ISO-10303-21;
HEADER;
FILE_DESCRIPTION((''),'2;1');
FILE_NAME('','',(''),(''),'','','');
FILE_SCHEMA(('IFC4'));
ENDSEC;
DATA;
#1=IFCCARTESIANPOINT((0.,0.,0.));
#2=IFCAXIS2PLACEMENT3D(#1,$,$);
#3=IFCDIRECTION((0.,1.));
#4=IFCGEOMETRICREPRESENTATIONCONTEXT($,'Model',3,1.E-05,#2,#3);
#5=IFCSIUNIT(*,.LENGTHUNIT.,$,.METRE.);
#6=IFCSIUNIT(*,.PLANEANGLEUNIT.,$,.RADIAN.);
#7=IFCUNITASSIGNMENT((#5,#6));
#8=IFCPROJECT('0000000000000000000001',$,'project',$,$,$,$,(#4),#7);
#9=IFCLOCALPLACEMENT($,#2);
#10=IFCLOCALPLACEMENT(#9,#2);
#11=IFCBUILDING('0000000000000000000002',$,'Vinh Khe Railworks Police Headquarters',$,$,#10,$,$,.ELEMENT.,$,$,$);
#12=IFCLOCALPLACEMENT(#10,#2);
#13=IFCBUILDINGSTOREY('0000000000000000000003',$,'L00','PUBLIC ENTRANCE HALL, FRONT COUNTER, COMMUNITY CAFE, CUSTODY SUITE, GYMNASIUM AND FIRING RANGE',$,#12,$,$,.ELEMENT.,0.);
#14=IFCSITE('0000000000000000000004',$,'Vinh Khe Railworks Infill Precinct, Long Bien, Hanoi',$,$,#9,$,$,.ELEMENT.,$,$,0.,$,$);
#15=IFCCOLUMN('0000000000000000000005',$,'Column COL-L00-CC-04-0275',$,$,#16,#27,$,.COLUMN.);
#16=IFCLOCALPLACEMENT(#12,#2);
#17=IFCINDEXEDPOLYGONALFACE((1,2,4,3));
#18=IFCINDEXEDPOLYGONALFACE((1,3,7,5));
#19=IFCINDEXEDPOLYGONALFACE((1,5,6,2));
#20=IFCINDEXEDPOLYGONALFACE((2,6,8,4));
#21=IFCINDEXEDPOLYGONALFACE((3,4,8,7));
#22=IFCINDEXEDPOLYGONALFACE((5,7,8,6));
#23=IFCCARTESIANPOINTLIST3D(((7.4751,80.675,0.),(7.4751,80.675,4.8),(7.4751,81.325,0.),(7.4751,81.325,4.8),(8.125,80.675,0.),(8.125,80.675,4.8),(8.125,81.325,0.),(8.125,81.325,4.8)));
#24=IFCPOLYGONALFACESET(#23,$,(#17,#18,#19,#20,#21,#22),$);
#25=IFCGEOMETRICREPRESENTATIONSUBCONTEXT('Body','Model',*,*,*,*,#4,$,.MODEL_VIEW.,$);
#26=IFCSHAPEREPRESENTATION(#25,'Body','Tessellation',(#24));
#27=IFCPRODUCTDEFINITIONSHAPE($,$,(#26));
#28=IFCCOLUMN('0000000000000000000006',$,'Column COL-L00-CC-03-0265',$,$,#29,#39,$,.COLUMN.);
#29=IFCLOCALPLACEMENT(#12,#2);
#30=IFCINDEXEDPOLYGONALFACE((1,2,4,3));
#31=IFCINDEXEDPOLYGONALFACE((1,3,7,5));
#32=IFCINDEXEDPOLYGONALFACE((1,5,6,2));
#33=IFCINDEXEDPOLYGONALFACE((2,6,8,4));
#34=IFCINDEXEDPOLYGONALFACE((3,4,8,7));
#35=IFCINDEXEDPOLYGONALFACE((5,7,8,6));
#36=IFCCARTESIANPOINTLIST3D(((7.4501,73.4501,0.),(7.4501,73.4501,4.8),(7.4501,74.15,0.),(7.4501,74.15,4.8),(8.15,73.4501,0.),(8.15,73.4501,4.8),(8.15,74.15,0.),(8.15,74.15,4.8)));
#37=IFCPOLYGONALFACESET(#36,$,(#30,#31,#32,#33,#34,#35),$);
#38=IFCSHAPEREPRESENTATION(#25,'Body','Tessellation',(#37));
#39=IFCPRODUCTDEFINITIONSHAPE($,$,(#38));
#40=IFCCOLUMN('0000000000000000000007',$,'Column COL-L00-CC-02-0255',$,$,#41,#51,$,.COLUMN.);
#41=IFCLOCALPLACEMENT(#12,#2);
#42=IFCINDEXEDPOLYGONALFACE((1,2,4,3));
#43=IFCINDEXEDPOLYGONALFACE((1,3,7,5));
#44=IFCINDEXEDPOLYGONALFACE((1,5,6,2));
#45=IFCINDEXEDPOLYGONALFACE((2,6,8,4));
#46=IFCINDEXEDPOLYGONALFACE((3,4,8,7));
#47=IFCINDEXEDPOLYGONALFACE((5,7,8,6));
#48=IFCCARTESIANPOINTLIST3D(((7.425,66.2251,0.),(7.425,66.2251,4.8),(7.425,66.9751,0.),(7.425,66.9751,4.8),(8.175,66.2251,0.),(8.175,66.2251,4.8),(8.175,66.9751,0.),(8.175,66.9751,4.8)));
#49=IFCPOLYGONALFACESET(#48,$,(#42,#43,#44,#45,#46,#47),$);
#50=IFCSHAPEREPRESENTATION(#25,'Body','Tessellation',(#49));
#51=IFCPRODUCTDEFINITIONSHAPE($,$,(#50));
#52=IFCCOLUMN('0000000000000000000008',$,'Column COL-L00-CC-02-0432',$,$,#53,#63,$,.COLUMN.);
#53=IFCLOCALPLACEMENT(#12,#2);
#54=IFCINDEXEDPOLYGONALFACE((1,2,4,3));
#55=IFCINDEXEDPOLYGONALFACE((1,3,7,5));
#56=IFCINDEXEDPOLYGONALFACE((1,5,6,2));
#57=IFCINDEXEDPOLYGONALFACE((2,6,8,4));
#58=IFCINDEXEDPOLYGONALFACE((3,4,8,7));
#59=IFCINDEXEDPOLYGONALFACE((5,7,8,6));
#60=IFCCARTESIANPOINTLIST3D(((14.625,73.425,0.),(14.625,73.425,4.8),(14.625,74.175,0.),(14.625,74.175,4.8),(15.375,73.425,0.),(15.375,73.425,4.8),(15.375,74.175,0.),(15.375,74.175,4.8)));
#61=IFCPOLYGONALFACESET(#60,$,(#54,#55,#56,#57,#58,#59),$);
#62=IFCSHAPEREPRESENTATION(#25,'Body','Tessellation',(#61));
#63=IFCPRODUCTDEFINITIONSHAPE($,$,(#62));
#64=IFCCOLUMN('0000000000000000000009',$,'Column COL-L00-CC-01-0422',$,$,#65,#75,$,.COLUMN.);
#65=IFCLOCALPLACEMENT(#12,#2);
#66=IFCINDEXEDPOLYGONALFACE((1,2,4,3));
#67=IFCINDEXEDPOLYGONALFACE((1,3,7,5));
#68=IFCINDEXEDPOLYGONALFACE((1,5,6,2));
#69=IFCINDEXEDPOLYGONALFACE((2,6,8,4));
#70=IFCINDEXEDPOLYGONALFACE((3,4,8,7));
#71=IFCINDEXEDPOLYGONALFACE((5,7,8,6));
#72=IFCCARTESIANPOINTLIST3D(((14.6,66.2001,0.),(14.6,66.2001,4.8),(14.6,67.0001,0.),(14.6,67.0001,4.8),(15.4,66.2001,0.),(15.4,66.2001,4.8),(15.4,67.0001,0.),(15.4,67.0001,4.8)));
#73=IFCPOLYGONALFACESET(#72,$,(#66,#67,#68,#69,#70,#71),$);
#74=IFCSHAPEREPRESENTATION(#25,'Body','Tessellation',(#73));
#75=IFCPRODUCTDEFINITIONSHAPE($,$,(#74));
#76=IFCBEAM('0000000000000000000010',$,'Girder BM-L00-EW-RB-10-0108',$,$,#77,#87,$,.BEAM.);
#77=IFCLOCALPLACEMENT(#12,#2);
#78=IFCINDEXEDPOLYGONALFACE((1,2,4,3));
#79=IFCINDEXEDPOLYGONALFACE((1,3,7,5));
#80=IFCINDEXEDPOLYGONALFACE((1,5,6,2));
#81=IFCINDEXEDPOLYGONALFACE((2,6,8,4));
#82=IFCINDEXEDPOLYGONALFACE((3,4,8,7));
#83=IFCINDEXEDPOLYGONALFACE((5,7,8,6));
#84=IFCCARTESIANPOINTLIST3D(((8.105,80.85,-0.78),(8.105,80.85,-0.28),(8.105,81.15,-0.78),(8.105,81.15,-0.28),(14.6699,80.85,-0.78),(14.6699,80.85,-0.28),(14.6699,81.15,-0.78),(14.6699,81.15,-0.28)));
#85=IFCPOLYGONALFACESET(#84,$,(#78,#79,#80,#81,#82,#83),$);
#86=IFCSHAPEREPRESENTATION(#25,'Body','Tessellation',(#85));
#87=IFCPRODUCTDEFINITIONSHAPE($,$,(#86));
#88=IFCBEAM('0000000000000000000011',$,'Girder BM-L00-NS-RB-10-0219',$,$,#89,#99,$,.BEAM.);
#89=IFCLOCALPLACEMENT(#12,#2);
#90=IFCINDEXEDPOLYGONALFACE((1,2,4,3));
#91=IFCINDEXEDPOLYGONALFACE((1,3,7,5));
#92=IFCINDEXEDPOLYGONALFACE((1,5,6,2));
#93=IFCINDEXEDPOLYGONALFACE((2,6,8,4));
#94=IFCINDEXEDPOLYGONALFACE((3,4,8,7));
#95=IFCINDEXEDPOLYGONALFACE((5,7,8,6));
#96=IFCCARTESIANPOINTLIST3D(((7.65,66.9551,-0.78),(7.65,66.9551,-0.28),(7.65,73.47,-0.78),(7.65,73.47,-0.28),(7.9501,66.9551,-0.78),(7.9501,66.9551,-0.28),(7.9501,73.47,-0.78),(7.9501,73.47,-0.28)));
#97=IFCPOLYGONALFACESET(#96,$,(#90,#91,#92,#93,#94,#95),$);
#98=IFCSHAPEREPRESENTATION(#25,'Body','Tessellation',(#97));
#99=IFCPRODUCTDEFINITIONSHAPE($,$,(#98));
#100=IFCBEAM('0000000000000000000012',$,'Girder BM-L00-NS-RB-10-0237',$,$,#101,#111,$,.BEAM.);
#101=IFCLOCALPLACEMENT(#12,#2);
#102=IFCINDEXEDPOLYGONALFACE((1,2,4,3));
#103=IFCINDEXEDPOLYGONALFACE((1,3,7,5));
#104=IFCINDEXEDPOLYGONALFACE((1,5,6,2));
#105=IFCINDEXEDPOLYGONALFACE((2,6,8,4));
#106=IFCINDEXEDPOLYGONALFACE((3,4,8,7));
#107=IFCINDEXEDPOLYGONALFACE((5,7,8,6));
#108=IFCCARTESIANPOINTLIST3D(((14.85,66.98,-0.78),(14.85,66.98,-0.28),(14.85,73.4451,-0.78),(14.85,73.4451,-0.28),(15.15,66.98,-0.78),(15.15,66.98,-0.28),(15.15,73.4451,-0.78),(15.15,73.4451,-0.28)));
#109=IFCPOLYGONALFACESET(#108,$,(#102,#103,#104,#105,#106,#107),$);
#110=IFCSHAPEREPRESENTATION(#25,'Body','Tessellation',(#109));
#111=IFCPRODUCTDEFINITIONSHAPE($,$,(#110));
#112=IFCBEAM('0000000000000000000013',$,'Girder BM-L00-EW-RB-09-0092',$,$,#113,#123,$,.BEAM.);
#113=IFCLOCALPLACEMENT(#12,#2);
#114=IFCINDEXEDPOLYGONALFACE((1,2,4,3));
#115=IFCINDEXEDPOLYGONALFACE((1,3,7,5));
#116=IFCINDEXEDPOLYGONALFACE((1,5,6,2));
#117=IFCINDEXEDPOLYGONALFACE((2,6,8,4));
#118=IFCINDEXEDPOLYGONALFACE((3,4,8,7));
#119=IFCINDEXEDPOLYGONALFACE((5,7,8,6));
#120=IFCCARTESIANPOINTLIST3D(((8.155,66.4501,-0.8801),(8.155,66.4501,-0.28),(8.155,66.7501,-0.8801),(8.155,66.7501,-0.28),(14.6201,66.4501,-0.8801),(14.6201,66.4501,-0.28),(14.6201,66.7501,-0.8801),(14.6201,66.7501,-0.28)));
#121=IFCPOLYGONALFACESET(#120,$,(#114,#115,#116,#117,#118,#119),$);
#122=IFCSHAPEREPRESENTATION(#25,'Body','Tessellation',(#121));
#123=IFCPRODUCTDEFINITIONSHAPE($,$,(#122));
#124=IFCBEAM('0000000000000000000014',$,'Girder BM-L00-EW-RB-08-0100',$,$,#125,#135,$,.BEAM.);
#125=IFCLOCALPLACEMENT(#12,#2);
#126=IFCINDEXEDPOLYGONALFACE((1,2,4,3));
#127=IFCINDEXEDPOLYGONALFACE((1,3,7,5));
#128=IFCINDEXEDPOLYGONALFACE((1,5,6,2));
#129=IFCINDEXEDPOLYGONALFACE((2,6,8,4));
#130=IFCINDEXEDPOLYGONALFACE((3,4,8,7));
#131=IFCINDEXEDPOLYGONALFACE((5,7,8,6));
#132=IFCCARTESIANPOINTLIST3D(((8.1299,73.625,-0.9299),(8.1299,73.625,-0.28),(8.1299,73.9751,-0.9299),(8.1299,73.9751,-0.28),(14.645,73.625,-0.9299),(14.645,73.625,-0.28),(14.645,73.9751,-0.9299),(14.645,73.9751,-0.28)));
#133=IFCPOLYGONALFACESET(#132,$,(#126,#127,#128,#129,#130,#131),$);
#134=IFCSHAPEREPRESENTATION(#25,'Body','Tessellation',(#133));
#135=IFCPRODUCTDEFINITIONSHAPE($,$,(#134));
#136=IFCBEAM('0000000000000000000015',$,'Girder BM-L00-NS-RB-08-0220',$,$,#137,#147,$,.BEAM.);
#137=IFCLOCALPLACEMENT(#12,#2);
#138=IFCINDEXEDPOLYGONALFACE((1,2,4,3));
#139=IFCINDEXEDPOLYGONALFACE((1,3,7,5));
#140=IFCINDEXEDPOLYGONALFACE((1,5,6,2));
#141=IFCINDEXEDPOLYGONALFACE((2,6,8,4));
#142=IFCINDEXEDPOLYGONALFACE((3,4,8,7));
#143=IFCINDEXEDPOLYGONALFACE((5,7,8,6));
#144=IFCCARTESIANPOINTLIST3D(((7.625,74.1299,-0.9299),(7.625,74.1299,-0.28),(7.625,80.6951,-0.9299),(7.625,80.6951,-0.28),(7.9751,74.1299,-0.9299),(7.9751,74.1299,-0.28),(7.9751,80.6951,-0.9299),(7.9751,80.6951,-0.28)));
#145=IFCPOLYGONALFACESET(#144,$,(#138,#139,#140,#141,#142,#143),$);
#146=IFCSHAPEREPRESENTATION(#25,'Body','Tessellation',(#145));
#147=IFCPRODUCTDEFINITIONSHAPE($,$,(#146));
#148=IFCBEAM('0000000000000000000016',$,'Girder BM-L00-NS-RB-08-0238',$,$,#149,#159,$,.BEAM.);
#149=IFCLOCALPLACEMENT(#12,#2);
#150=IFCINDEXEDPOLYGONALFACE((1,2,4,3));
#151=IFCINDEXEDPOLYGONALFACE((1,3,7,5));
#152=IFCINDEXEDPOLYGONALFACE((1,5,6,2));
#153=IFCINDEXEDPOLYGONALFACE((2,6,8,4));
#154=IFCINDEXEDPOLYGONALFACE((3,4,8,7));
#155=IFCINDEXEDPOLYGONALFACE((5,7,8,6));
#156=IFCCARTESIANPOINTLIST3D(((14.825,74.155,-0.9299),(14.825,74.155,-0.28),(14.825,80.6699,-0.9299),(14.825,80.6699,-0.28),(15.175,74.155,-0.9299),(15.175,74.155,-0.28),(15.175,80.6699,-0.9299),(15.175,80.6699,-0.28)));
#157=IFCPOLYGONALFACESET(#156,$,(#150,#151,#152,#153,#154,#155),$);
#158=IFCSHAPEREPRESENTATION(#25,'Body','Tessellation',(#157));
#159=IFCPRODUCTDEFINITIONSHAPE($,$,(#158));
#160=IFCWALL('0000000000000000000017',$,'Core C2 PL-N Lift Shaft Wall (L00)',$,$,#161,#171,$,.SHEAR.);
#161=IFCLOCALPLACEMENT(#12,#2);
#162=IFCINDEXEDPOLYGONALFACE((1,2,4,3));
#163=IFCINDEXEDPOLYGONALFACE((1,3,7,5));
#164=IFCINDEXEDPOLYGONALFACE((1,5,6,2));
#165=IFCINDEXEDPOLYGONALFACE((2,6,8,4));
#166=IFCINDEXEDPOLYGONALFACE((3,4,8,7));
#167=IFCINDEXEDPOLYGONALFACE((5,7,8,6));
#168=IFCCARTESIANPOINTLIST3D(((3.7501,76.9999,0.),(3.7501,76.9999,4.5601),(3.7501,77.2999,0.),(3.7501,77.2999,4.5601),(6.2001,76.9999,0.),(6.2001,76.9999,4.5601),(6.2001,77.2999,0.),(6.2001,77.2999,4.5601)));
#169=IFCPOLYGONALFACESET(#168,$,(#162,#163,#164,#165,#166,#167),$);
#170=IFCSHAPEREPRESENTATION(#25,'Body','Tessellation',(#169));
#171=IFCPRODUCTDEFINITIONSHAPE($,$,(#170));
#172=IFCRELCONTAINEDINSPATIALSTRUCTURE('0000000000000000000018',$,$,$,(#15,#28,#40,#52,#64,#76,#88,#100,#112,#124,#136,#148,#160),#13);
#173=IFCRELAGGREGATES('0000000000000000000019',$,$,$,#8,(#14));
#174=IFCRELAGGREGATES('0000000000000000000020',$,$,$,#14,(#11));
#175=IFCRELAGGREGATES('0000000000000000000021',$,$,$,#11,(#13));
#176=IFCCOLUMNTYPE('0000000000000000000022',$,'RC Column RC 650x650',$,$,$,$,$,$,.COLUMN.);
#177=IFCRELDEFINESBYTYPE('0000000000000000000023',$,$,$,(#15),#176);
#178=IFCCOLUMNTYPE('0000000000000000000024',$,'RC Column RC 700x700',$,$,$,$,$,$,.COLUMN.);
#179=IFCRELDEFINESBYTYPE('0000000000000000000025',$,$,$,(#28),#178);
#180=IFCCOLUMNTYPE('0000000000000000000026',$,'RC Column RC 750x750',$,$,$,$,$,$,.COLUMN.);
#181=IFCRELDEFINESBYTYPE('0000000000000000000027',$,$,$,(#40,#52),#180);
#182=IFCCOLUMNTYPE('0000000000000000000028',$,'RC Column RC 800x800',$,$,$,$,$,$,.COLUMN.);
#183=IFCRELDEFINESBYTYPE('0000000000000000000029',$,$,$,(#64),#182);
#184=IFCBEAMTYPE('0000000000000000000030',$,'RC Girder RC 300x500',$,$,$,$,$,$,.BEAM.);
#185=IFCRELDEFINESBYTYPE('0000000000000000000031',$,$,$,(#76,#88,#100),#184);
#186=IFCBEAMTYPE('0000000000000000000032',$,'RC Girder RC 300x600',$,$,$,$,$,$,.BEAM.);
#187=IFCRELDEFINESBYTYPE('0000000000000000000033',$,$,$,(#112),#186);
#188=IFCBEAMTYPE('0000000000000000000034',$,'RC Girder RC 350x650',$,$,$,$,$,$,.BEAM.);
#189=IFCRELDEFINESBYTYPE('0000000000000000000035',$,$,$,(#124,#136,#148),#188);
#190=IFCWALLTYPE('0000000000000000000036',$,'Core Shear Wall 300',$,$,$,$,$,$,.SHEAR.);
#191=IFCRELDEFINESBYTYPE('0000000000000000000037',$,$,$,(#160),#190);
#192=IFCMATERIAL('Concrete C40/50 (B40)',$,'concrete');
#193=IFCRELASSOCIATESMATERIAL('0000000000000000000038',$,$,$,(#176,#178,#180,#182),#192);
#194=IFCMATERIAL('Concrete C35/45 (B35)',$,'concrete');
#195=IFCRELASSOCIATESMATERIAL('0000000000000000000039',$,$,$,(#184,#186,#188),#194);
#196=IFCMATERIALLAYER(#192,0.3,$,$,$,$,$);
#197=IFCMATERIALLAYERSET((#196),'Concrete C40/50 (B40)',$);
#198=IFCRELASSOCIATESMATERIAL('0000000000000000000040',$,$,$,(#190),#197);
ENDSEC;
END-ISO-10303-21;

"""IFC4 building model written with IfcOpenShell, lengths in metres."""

from ifc_helpers import new_model, si_unit, direction, frame, frame_2d, origin, origin_2d, place, context, subcontext, project, spatial, rectangle, extrude, material, layer, layer_set, material_profile, profile_set, type_object, element, save


model = new_model("IFC4")

# Units and contexts
model_context = context("Model", 3, precision=1e-05, world=origin(), true_north=direction((0.0, 1.0)))
body_context = subcontext(model_context, "Body", "Model", "MODEL_VIEW")
ifc_project = project(units=[si_unit("LENGTHUNIT", "METRE"), si_unit("PLANEANGLEUNIT", "RADIAN")], contexts=[model_context])

# Site, building, storey
site_placement = place(None, origin())
site = spatial("IfcSite", under=ifc_project, at=site_placement, Name="Vinh Khe Railworks Infill Precinct, Long Bien, Hanoi", CompositionType="ELEMENT", RefElevation=0.0)
building_placement = place(site_placement, origin())
building = spatial("IfcBuilding", under=site, at=building_placement, Name="Vinh Khe Railworks Police Headquarters", CompositionType="ELEMENT")
storey_placement = place(building_placement, origin())
storey = spatial("IfcBuildingStorey", under=building, at=storey_placement, Name="L00", Description="PUBLIC ENTRANCE HALL, FRONT COUNTER, COMMUNITY CAFE, CUSTODY SUITE, GYMNASIUM AND FIRING RANGE", CompositionType="ELEMENT", Elevation=0.0)

# Columns
ifc_material_1 = material(Name="Concrete C40/50 (B40)", Category="concrete")
ifc_material_profile_1 = material_profile(ifc_material_1, rectangle(XDim=0.6499, YDim=0.6499, at=origin_2d()), Name="RC 650x650")
ifc_profile_set_1 = profile_set([ifc_material_profile_1], Name="Concrete C40/50 (B40)")
column_type_1 = type_object("IfcColumnType", Name="RC Column RC 650x650", PredefinedType="COLUMN", material=ifc_profile_set_1)
column_1_placement = place(storey_placement, frame((7.8, 81.0, 0.0), z_axis=(0.0, 0.0, 1.0), x_axis=(1.0, 0.0, 0.0)))
element("IfcColumn", 1, at=column_1_placement, inside=storey, type_object=column_type_1, Name="Column COL-L00-CC-04-0275", PredefinedType="COLUMN", context=body_context, shape_type="SweptSolid", body=[
    extrude(rectangle(XDim=0.6499, YDim=0.6499, at=origin_2d()), origin(), (0.0, 0.0, 1.0), 4.8),
])
ifc_material_profile_2 = material_profile(ifc_material_1, rectangle(XDim=0.7, YDim=0.7, at=origin_2d()), Name="RC 700x700")
ifc_profile_set_2 = profile_set([ifc_material_profile_2], Name="Concrete C40/50 (B40)")
column_type_2 = type_object("IfcColumnType", Name="RC Column RC 700x700", PredefinedType="COLUMN", material=ifc_profile_set_2)
column_2_placement = place(storey_placement, frame((7.8, 73.8, 0.0), z_axis=(0.0, 0.0, 1.0), x_axis=(1.0, 0.0, 0.0)))
element("IfcColumn", 2, at=column_2_placement, inside=storey, type_object=column_type_2, Name="Column COL-L00-CC-03-0265", PredefinedType="COLUMN", context=body_context, shape_type="SweptSolid", body=[
    extrude(rectangle(XDim=0.7, YDim=0.7, at=origin_2d()), origin(), (0.0, 0.0, 1.0), 4.8),
])
ifc_material_profile_3 = material_profile(ifc_material_1, rectangle(XDim=0.75, YDim=0.75, at=origin_2d()), Name="RC 750x750")
ifc_profile_set_3 = profile_set([ifc_material_profile_3], Name="Concrete C40/50 (B40)")
column_type_3 = type_object("IfcColumnType", Name="RC Column RC 750x750", PredefinedType="COLUMN", material=ifc_profile_set_3)
for number, where, z_axis, x_axis, name in (
    (3, (7.8, 66.6001, 0.0), (0.0, 0.0, 1.0), (1.0, 0.0, 0.0), "Column COL-L00-CC-02-0255"),
    (4, (15.0, 73.8, 0.0), (0.0, 0.0, 1.0), (1.0, 0.0, 0.0), "Column COL-L00-CC-02-0432"),
):
    element("IfcColumn", number, at=place(storey_placement, frame(where, z_axis=z_axis, x_axis=x_axis)), inside=storey, type_object=column_type_3, Name=name, PredefinedType="COLUMN", context=body_context, shape_type="SweptSolid", body=[
        extrude(rectangle(XDim=0.75, YDim=0.75, at=origin_2d()), origin(), (0.0, 0.0, 1.0), 4.8),
    ])
ifc_material_profile_4 = material_profile(ifc_material_1, rectangle(XDim=0.8, YDim=0.8, at=origin_2d()), Name="RC 800x800")
ifc_profile_set_4 = profile_set([ifc_material_profile_4], Name="Concrete C40/50 (B40)")
column_type_4 = type_object("IfcColumnType", Name="RC Column RC 800x800", PredefinedType="COLUMN", material=ifc_profile_set_4)
column_3_placement = place(storey_placement, frame((15.0, 66.6001, 0.0), z_axis=(0.0, 0.0, 1.0), x_axis=(1.0, 0.0, 0.0)))
element("IfcColumn", 5, at=column_3_placement, inside=storey, type_object=column_type_4, Name="Column COL-L00-CC-01-0422", PredefinedType="COLUMN", context=body_context, shape_type="SweptSolid", body=[
    extrude(rectangle(XDim=0.8, YDim=0.8, at=origin_2d()), origin(), (0.0, 0.0, 1.0), 4.8),
])

# Beams
ifc_material_2 = material(Name="Concrete C35/45 (B35)", Category="concrete")
ifc_material_profile_5 = material_profile(ifc_material_2, rectangle(XDim=0.3, YDim=0.5, at=origin_2d()), Name="RC 300x500")
ifc_profile_set_5 = profile_set([ifc_material_profile_5], Name="Concrete C35/45 (B35)")
beam_type_1 = type_object("IfcBeamType", Name="RC Girder RC 300x500", PredefinedType="BEAM", material=ifc_profile_set_5)
beam_1_placement = place(storey_placement, frame((8.105, 81.0, -0.53), z_axis=(1.0, 0.0, 0.0), x_axis=(0.0, 1.0, 0.0)))
element("IfcBeam", 6, at=beam_1_placement, inside=storey, type_object=beam_type_1, Name="Girder BM-L00-EW-RB-10-0108", PredefinedType="BEAM", context=body_context, shape_type="SweptSolid", body=[
    extrude(rectangle(XDim=0.3, YDim=0.5, at=origin_2d()), origin(), (0.0, 0.0, 1.0), 6.5649),
])
beam_2_placement = place(storey_placement, frame((7.8, 66.9551, -0.53), z_axis=(0.0, 1.0, 0.0), x_axis=(-1.0, 0.0, 0.0)))
element("IfcBeam", 7, at=beam_2_placement, inside=storey, type_object=beam_type_1, Name="Girder BM-L00-NS-RB-10-0219", PredefinedType="BEAM", context=body_context, shape_type="SweptSolid", body=[
    extrude(rectangle(XDim=0.3, YDim=0.5, at=origin_2d()), origin(), (0.0, 0.0, 1.0), 6.5149),
])
beam_3_placement = place(storey_placement, frame((15.0, 66.98, -0.53), z_axis=(0.0, 1.0, 0.0), x_axis=(-1.0, 0.0, 0.0)))
element("IfcBeam", 8, at=beam_3_placement, inside=storey, type_object=beam_type_1, Name="Girder BM-L00-NS-RB-10-0237", PredefinedType="BEAM", context=body_context, shape_type="SweptSolid", body=[
    extrude(rectangle(XDim=0.3, YDim=0.5, at=origin_2d()), origin(), (0.0, 0.0, 1.0), 6.4651),
])
ifc_material_profile_6 = material_profile(ifc_material_2, rectangle(XDim=0.3, YDim=0.6001, at=origin_2d()), Name="RC 300x600")
ifc_profile_set_6 = profile_set([ifc_material_profile_6], Name="Concrete C35/45 (B35)")
beam_type_2 = type_object("IfcBeamType", Name="RC Girder RC 300x600", PredefinedType="BEAM", material=ifc_profile_set_6)
beam_4_placement = place(storey_placement, frame((8.155, 66.6001, -0.5801), z_axis=(1.0, 0.0, 0.0), x_axis=(0.0, 1.0, 0.0)))
element("IfcBeam", 9, at=beam_4_placement, inside=storey, type_object=beam_type_2, Name="Girder BM-L00-EW-RB-09-0092", PredefinedType="BEAM", context=body_context, shape_type="SweptSolid", body=[
    extrude(rectangle(XDim=0.3, YDim=0.6001, at=origin_2d()), origin(), (0.0, 0.0, 1.0), 6.4651),
])
ifc_material_profile_7 = material_profile(ifc_material_2, rectangle(XDim=0.3501, YDim=0.6499, at=origin_2d()), Name="RC 350x650")
ifc_profile_set_7 = profile_set([ifc_material_profile_7], Name="Concrete C35/45 (B35)")
beam_type_3 = type_object("IfcBeamType", Name="RC Girder RC 350x650", PredefinedType="BEAM", material=ifc_profile_set_7)
beam_5_placement = place(storey_placement, frame((8.1299, 73.8, -0.605), z_axis=(1.0, 0.0, 0.0), x_axis=(0.0, 1.0, 0.0)))
element("IfcBeam", 10, at=beam_5_placement, inside=storey, type_object=beam_type_3, Name="Girder BM-L00-EW-RB-08-0100", PredefinedType="BEAM", context=body_context, shape_type="SweptSolid", body=[
    extrude(rectangle(XDim=0.3501, YDim=0.6499, at=origin_2d()), origin(), (0.0, 0.0, 1.0), 6.5151),
])
beam_6_placement = place(storey_placement, frame((7.8, 74.1299, -0.605), z_axis=(0.0, 1.0, 0.0), x_axis=(-1.0, 0.0, 0.0)))
element("IfcBeam", 11, at=beam_6_placement, inside=storey, type_object=beam_type_3, Name="Girder BM-L00-NS-RB-08-0220", PredefinedType="BEAM", context=body_context, shape_type="SweptSolid", body=[
    extrude(rectangle(XDim=0.3501, YDim=0.6499, at=origin_2d()), origin(), (0.0, 0.0, 1.0), 6.5652),
])
beam_7_placement = place(storey_placement, frame((15.0, 74.155, -0.605), z_axis=(0.0, 1.0, 0.0), x_axis=(-1.0, 0.0, 0.0)))
element("IfcBeam", 12, at=beam_7_placement, inside=storey, type_object=beam_type_3, Name="Girder BM-L00-NS-RB-08-0238", PredefinedType="BEAM", context=body_context, shape_type="SweptSolid", body=[
    extrude(rectangle(XDim=0.3501, YDim=0.6499, at=origin_2d()), origin(), (0.0, 0.0, 1.0), 6.5149),
])

# Wall
ifc_layer_1 = layer(ifc_material_1, 0.3)
ifc_layer_set_1 = layer_set([ifc_layer_1], Name="Concrete C40/50 (B40)")
wall_type_1 = type_object("IfcWallType", Name="Core Shear Wall 300", PredefinedType="SHEAR", material=ifc_layer_set_1)
wall_1_placement = place(storey_placement, frame((3.75, 77.1499, 0.0), z_axis=(0.0, 0.0, 1.0), x_axis=(1.0, 0.0, 0.0)))
element("IfcWall", 13, at=wall_1_placement, inside=storey, type_object=wall_type_1, Name="Core C2 PL-N Lift Shaft Wall (L00)", PredefinedType="SHEAR", context=body_context, shape_type="SweptSolid", body=[
    extrude(rectangle(XDim=2.45, YDim=0.3, at=frame_2d((1.2251, 0.0))), origin(), (0.0, 0.0, 1.0), 4.5601),
])

save(model, "model.ifc")
